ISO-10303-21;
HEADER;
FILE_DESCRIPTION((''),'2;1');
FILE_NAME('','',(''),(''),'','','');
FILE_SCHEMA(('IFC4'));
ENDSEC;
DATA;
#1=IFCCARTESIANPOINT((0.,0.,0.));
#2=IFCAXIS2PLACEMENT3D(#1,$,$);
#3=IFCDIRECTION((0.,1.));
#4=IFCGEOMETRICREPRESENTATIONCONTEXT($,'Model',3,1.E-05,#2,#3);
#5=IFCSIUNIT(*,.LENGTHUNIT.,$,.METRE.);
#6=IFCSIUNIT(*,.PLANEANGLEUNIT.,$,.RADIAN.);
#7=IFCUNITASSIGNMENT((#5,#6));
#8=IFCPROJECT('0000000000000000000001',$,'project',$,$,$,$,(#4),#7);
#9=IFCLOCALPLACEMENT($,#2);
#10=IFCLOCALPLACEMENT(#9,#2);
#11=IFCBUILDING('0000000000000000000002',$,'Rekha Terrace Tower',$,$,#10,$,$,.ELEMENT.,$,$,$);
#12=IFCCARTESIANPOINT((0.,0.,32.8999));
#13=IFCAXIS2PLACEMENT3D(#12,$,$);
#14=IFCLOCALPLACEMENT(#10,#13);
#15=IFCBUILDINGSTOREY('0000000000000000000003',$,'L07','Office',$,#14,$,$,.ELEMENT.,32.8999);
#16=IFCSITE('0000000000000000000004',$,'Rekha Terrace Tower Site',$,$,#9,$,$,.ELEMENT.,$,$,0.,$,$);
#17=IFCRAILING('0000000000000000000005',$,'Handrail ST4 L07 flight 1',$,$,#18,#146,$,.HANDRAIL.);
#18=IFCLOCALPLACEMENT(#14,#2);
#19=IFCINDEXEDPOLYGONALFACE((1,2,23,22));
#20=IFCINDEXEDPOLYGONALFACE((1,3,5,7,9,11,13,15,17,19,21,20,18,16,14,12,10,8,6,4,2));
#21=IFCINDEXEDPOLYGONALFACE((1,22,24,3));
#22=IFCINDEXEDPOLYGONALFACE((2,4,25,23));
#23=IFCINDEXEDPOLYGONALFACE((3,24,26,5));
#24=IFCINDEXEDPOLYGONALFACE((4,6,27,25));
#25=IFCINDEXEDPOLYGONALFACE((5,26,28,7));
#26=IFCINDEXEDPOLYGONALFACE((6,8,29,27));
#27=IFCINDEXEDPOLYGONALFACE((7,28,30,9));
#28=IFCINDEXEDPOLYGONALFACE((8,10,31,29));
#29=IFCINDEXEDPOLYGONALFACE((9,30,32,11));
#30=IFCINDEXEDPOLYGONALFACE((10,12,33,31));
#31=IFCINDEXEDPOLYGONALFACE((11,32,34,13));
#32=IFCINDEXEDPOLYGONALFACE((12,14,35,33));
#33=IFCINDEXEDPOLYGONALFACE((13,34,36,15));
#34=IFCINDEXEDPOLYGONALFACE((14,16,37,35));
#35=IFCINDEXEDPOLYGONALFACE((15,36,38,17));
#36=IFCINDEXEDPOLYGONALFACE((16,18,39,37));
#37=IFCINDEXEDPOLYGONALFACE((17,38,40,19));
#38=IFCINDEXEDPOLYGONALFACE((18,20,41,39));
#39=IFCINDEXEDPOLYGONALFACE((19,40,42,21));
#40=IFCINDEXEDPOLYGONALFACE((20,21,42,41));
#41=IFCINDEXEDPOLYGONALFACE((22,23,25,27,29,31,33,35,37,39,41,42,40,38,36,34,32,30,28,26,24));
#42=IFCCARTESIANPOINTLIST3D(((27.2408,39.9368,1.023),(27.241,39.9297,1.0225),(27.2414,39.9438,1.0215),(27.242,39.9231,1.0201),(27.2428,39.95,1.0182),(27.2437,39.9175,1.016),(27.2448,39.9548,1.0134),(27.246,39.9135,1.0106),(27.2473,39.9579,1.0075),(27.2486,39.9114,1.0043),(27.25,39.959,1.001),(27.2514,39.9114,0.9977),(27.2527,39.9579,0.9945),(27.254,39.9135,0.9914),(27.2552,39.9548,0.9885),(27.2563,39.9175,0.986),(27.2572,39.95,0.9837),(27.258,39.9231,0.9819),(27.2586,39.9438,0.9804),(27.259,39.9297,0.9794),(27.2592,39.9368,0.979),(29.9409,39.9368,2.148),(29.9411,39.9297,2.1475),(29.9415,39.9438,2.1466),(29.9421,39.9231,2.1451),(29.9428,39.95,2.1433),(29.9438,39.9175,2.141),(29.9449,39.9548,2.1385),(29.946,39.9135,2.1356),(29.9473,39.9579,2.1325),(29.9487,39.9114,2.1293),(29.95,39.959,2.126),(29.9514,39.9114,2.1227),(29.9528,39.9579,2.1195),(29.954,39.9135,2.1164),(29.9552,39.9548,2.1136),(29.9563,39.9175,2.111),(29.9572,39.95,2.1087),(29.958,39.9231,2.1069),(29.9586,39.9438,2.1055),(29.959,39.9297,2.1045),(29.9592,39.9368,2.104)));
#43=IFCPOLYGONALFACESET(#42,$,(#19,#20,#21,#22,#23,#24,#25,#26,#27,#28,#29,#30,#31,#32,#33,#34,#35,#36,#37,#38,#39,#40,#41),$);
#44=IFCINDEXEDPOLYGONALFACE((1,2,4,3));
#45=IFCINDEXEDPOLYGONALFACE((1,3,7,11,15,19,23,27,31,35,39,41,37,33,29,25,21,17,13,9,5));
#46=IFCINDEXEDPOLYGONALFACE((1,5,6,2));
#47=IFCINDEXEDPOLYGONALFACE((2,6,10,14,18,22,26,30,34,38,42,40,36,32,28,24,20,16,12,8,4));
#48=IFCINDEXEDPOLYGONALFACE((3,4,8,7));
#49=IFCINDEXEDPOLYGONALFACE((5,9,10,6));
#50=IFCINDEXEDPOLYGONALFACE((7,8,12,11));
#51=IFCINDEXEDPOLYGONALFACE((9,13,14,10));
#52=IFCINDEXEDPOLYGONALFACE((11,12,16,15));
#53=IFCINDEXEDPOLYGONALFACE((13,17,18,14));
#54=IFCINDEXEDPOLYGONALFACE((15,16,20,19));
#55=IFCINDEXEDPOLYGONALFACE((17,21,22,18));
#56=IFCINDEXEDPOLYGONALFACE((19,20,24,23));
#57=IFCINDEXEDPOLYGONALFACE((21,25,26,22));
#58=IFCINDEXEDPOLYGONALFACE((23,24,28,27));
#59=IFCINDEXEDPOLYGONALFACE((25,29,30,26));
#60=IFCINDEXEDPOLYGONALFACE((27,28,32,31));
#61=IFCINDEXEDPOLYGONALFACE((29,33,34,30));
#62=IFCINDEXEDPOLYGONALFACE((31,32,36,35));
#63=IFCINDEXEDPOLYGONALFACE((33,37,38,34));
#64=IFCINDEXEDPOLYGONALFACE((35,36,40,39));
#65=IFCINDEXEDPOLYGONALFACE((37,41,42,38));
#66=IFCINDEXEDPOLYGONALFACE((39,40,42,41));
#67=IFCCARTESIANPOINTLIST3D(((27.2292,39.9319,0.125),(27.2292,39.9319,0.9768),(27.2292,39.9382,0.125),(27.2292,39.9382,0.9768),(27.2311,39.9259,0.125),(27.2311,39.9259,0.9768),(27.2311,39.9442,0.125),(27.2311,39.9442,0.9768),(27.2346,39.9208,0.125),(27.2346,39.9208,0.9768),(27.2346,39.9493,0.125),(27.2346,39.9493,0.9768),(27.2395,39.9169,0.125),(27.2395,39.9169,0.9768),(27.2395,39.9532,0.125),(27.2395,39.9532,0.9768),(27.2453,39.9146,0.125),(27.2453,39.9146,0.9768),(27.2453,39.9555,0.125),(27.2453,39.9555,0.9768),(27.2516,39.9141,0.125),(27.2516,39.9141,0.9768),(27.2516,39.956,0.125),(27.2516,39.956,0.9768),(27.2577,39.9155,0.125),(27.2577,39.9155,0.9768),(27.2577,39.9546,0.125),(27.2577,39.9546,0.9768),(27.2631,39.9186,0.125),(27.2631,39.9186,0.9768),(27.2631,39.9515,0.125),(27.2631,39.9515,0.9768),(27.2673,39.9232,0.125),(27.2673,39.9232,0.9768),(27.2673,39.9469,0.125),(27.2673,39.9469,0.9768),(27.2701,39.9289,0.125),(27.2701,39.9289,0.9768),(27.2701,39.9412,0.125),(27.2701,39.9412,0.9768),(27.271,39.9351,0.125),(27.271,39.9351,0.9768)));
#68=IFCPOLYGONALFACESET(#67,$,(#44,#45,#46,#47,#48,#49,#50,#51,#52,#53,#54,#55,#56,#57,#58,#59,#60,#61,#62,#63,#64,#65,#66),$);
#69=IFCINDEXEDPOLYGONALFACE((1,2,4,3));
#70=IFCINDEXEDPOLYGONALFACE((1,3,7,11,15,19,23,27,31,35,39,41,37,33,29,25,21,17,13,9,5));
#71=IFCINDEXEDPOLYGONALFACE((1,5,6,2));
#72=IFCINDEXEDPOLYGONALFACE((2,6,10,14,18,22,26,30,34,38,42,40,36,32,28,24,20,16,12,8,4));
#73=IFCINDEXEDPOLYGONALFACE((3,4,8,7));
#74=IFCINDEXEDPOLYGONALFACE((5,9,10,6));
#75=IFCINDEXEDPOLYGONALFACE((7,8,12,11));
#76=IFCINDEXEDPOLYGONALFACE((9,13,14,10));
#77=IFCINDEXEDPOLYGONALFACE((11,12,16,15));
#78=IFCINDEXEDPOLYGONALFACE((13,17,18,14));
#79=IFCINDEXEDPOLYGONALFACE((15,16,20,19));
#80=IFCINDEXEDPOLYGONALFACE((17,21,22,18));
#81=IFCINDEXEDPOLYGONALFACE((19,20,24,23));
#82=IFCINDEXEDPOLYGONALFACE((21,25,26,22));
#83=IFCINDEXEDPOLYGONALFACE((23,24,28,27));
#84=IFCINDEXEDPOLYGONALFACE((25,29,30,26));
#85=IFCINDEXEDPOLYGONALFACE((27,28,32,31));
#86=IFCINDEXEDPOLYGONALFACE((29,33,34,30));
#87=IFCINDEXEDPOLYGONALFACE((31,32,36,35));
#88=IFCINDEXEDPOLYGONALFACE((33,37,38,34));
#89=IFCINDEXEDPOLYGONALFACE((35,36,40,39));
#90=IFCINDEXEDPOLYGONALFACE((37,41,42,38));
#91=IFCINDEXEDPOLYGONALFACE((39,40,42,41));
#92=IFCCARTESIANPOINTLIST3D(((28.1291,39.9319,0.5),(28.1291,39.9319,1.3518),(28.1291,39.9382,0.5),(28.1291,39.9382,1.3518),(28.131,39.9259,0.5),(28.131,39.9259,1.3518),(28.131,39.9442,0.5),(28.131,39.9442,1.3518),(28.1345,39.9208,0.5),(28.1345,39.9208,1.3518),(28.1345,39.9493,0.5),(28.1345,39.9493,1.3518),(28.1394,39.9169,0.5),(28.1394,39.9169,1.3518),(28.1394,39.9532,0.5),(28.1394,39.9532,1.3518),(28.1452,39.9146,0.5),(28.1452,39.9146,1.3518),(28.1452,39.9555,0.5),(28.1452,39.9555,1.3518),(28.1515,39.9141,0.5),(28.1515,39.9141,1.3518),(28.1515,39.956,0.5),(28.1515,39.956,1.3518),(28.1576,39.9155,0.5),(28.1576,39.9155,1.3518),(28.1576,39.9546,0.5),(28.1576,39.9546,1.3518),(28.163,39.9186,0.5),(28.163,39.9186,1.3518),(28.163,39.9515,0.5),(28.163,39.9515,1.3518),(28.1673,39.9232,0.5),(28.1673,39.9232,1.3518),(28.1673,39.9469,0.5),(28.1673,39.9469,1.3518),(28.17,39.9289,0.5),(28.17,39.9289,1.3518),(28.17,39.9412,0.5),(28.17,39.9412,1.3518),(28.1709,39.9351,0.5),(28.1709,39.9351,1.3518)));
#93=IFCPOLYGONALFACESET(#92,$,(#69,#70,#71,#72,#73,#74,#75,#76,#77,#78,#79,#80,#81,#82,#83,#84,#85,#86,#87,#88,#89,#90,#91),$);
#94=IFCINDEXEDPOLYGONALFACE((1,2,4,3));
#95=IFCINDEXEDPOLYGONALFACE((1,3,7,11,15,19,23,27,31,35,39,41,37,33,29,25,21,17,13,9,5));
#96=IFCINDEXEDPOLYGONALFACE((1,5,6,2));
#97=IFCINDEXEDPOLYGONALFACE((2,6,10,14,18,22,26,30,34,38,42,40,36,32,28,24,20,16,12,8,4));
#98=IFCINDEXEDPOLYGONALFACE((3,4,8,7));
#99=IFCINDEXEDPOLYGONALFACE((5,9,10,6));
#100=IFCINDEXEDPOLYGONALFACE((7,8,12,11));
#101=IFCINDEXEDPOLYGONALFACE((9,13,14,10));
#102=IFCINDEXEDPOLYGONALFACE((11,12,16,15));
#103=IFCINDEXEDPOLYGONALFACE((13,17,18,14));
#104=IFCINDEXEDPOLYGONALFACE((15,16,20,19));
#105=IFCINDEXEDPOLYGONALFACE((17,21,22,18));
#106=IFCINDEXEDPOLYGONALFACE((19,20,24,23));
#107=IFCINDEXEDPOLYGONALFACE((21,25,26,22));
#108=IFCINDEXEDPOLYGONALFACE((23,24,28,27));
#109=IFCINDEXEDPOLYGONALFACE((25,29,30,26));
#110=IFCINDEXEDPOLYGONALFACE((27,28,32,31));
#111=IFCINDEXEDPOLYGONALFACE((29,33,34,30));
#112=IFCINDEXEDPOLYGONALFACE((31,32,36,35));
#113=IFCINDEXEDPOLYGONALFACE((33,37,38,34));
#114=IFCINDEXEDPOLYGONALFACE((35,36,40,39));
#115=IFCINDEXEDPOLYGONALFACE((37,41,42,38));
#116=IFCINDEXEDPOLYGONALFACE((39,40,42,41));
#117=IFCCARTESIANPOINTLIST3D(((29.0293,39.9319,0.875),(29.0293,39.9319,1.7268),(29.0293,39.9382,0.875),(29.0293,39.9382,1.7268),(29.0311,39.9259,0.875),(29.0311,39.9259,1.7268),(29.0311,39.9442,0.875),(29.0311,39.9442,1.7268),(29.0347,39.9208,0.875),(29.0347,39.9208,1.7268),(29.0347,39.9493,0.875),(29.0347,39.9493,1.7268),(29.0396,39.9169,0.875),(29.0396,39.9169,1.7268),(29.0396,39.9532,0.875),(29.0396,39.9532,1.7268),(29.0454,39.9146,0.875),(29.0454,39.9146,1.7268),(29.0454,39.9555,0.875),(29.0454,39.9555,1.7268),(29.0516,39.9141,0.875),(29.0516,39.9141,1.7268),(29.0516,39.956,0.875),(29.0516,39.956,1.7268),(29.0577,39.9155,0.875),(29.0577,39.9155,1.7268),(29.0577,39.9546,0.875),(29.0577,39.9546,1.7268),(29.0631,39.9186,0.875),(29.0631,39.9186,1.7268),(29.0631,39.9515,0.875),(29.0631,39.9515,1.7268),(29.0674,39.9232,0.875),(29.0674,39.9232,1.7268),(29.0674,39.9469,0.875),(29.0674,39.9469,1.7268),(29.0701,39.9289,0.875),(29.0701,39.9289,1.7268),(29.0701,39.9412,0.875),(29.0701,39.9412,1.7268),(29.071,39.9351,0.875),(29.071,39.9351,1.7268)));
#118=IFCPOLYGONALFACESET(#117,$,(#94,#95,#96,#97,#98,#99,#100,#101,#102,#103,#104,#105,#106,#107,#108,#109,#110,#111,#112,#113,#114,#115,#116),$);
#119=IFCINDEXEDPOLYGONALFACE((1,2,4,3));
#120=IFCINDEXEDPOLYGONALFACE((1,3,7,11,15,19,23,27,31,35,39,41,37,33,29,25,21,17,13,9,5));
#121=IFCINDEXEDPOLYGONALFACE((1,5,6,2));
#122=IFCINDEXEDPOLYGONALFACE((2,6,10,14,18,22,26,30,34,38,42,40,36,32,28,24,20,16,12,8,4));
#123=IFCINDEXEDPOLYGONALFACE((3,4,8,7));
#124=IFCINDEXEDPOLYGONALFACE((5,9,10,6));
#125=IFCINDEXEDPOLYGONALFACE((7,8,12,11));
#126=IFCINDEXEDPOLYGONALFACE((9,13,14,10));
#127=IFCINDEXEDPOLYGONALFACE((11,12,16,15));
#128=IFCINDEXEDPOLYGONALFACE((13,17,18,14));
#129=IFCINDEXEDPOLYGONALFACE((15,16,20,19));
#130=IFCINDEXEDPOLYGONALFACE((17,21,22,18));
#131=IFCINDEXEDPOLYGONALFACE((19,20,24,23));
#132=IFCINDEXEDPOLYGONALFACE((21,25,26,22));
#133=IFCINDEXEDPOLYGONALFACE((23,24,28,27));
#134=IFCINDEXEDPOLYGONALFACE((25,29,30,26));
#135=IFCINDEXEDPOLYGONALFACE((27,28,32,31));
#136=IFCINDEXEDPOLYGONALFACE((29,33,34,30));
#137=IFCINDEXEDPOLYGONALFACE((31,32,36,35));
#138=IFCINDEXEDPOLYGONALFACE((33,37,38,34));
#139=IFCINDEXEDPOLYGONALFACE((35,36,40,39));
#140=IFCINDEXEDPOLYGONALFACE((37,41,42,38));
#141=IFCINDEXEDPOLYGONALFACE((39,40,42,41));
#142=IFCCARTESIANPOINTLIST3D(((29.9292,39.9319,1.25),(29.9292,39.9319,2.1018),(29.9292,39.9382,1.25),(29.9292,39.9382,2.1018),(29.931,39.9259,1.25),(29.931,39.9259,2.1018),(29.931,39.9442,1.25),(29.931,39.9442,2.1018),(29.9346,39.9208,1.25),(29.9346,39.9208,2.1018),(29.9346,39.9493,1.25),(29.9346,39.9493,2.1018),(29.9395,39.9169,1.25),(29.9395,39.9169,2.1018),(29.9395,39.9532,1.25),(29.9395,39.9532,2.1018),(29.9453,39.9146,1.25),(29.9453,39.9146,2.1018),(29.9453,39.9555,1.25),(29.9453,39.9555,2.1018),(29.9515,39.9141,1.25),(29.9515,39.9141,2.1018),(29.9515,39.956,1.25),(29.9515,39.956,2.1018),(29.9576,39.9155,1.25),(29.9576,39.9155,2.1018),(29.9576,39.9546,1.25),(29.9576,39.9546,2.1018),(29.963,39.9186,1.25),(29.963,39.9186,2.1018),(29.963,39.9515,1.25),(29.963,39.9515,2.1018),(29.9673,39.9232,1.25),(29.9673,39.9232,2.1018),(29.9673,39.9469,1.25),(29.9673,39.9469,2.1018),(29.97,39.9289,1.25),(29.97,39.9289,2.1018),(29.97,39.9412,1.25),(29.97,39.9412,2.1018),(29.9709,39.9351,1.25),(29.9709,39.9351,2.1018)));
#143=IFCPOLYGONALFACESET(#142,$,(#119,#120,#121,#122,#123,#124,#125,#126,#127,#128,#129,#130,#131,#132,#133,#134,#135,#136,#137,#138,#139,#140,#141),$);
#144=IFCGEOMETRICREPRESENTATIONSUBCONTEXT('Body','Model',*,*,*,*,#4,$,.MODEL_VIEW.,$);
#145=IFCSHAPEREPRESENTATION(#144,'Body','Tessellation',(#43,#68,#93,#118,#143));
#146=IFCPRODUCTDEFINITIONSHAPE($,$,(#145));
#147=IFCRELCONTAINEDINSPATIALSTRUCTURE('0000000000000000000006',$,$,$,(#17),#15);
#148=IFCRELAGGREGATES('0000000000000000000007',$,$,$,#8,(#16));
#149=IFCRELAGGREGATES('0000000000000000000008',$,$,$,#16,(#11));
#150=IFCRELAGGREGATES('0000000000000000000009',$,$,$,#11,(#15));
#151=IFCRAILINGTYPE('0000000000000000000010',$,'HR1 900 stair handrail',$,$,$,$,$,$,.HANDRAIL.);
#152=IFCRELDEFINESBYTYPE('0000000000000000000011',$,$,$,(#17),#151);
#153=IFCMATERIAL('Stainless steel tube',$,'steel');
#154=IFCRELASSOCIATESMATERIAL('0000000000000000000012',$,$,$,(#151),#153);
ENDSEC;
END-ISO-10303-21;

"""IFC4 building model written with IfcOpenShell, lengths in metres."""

from ifc_helpers import new_model, si_unit, direction, frame, origin, origin_2d, place, context, subcontext, project, spatial, circle, extrude, material, type_object, element, save


model = new_model("IFC4")

# Units and contexts
model_context = context("Model", 3, precision=1e-05, world=origin(), true_north=direction((0.0, 1.0)))
body_context = subcontext(model_context, "Body", "Model", "MODEL_VIEW")
ifc_project = project(units=[si_unit("LENGTHUNIT", "METRE"), si_unit("PLANEANGLEUNIT", "RADIAN")], contexts=[model_context])

# Site, building, storey
site_placement = place(None, origin())
site = spatial("IfcSite", under=ifc_project, at=site_placement, Name="Rekha Terrace Tower Site", CompositionType="ELEMENT", RefElevation=0.0)
building_placement = place(site_placement, origin())
building = spatial("IfcBuilding", under=site, at=building_placement, Name="Rekha Terrace Tower", CompositionType="ELEMENT")
storey_placement = place(building_placement, frame((0.0, 0.0, 32.8999)))
storey = spatial("IfcBuildingStorey", under=building, at=storey_placement, Name="L07", Description="Office", CompositionType="ELEMENT", Elevation=32.8999)

# Railing
ifc_material_1 = material(Name="Stainless steel tube", Category="steel")
railing_type = type_object("IfcRailingType", Name="HR1 900 stair handrail", PredefinedType="HANDRAIL", material=ifc_material_1)
railing_placement = place(storey_placement, frame((27.25, 39.9351, 0.125)))
element("IfcRailing", 1, at=railing_placement, inside=storey, type_object=railing_type, Name="Handrail ST4 L07 flight 1", PredefinedType="HANDRAIL", context=body_context, shape_type="SweptSolid", body=[
    extrude(circle(Radius=0.0239, at=origin_2d()), frame((0.0, 0.0, 0.876), z_axis=(0.923074, 0.0, 0.384621), x_axis=(0.0, 1.0, 0.0)), (0.0, 0.0, 1.0), 2.925),
    extrude(circle(Radius=0.021, at=origin_2d()), origin(), (0.0, 0.0, 1.0), 0.8518),
    extrude(circle(Radius=0.021, at=origin_2d()), frame((0.8999, 0.0, 0.375)), (0.0, 0.0, 1.0), 0.8518),
    extrude(circle(Radius=0.021, at=origin_2d()), frame((1.8, 0.0, 0.75)), (0.0, 0.0, 1.0), 0.8518),
    extrude(circle(Radius=0.021, at=origin_2d()), frame((2.7, 0.0, 1.125)), (0.0, 0.0, 1.0), 0.8518),
])

save(model, "model.ifc")
